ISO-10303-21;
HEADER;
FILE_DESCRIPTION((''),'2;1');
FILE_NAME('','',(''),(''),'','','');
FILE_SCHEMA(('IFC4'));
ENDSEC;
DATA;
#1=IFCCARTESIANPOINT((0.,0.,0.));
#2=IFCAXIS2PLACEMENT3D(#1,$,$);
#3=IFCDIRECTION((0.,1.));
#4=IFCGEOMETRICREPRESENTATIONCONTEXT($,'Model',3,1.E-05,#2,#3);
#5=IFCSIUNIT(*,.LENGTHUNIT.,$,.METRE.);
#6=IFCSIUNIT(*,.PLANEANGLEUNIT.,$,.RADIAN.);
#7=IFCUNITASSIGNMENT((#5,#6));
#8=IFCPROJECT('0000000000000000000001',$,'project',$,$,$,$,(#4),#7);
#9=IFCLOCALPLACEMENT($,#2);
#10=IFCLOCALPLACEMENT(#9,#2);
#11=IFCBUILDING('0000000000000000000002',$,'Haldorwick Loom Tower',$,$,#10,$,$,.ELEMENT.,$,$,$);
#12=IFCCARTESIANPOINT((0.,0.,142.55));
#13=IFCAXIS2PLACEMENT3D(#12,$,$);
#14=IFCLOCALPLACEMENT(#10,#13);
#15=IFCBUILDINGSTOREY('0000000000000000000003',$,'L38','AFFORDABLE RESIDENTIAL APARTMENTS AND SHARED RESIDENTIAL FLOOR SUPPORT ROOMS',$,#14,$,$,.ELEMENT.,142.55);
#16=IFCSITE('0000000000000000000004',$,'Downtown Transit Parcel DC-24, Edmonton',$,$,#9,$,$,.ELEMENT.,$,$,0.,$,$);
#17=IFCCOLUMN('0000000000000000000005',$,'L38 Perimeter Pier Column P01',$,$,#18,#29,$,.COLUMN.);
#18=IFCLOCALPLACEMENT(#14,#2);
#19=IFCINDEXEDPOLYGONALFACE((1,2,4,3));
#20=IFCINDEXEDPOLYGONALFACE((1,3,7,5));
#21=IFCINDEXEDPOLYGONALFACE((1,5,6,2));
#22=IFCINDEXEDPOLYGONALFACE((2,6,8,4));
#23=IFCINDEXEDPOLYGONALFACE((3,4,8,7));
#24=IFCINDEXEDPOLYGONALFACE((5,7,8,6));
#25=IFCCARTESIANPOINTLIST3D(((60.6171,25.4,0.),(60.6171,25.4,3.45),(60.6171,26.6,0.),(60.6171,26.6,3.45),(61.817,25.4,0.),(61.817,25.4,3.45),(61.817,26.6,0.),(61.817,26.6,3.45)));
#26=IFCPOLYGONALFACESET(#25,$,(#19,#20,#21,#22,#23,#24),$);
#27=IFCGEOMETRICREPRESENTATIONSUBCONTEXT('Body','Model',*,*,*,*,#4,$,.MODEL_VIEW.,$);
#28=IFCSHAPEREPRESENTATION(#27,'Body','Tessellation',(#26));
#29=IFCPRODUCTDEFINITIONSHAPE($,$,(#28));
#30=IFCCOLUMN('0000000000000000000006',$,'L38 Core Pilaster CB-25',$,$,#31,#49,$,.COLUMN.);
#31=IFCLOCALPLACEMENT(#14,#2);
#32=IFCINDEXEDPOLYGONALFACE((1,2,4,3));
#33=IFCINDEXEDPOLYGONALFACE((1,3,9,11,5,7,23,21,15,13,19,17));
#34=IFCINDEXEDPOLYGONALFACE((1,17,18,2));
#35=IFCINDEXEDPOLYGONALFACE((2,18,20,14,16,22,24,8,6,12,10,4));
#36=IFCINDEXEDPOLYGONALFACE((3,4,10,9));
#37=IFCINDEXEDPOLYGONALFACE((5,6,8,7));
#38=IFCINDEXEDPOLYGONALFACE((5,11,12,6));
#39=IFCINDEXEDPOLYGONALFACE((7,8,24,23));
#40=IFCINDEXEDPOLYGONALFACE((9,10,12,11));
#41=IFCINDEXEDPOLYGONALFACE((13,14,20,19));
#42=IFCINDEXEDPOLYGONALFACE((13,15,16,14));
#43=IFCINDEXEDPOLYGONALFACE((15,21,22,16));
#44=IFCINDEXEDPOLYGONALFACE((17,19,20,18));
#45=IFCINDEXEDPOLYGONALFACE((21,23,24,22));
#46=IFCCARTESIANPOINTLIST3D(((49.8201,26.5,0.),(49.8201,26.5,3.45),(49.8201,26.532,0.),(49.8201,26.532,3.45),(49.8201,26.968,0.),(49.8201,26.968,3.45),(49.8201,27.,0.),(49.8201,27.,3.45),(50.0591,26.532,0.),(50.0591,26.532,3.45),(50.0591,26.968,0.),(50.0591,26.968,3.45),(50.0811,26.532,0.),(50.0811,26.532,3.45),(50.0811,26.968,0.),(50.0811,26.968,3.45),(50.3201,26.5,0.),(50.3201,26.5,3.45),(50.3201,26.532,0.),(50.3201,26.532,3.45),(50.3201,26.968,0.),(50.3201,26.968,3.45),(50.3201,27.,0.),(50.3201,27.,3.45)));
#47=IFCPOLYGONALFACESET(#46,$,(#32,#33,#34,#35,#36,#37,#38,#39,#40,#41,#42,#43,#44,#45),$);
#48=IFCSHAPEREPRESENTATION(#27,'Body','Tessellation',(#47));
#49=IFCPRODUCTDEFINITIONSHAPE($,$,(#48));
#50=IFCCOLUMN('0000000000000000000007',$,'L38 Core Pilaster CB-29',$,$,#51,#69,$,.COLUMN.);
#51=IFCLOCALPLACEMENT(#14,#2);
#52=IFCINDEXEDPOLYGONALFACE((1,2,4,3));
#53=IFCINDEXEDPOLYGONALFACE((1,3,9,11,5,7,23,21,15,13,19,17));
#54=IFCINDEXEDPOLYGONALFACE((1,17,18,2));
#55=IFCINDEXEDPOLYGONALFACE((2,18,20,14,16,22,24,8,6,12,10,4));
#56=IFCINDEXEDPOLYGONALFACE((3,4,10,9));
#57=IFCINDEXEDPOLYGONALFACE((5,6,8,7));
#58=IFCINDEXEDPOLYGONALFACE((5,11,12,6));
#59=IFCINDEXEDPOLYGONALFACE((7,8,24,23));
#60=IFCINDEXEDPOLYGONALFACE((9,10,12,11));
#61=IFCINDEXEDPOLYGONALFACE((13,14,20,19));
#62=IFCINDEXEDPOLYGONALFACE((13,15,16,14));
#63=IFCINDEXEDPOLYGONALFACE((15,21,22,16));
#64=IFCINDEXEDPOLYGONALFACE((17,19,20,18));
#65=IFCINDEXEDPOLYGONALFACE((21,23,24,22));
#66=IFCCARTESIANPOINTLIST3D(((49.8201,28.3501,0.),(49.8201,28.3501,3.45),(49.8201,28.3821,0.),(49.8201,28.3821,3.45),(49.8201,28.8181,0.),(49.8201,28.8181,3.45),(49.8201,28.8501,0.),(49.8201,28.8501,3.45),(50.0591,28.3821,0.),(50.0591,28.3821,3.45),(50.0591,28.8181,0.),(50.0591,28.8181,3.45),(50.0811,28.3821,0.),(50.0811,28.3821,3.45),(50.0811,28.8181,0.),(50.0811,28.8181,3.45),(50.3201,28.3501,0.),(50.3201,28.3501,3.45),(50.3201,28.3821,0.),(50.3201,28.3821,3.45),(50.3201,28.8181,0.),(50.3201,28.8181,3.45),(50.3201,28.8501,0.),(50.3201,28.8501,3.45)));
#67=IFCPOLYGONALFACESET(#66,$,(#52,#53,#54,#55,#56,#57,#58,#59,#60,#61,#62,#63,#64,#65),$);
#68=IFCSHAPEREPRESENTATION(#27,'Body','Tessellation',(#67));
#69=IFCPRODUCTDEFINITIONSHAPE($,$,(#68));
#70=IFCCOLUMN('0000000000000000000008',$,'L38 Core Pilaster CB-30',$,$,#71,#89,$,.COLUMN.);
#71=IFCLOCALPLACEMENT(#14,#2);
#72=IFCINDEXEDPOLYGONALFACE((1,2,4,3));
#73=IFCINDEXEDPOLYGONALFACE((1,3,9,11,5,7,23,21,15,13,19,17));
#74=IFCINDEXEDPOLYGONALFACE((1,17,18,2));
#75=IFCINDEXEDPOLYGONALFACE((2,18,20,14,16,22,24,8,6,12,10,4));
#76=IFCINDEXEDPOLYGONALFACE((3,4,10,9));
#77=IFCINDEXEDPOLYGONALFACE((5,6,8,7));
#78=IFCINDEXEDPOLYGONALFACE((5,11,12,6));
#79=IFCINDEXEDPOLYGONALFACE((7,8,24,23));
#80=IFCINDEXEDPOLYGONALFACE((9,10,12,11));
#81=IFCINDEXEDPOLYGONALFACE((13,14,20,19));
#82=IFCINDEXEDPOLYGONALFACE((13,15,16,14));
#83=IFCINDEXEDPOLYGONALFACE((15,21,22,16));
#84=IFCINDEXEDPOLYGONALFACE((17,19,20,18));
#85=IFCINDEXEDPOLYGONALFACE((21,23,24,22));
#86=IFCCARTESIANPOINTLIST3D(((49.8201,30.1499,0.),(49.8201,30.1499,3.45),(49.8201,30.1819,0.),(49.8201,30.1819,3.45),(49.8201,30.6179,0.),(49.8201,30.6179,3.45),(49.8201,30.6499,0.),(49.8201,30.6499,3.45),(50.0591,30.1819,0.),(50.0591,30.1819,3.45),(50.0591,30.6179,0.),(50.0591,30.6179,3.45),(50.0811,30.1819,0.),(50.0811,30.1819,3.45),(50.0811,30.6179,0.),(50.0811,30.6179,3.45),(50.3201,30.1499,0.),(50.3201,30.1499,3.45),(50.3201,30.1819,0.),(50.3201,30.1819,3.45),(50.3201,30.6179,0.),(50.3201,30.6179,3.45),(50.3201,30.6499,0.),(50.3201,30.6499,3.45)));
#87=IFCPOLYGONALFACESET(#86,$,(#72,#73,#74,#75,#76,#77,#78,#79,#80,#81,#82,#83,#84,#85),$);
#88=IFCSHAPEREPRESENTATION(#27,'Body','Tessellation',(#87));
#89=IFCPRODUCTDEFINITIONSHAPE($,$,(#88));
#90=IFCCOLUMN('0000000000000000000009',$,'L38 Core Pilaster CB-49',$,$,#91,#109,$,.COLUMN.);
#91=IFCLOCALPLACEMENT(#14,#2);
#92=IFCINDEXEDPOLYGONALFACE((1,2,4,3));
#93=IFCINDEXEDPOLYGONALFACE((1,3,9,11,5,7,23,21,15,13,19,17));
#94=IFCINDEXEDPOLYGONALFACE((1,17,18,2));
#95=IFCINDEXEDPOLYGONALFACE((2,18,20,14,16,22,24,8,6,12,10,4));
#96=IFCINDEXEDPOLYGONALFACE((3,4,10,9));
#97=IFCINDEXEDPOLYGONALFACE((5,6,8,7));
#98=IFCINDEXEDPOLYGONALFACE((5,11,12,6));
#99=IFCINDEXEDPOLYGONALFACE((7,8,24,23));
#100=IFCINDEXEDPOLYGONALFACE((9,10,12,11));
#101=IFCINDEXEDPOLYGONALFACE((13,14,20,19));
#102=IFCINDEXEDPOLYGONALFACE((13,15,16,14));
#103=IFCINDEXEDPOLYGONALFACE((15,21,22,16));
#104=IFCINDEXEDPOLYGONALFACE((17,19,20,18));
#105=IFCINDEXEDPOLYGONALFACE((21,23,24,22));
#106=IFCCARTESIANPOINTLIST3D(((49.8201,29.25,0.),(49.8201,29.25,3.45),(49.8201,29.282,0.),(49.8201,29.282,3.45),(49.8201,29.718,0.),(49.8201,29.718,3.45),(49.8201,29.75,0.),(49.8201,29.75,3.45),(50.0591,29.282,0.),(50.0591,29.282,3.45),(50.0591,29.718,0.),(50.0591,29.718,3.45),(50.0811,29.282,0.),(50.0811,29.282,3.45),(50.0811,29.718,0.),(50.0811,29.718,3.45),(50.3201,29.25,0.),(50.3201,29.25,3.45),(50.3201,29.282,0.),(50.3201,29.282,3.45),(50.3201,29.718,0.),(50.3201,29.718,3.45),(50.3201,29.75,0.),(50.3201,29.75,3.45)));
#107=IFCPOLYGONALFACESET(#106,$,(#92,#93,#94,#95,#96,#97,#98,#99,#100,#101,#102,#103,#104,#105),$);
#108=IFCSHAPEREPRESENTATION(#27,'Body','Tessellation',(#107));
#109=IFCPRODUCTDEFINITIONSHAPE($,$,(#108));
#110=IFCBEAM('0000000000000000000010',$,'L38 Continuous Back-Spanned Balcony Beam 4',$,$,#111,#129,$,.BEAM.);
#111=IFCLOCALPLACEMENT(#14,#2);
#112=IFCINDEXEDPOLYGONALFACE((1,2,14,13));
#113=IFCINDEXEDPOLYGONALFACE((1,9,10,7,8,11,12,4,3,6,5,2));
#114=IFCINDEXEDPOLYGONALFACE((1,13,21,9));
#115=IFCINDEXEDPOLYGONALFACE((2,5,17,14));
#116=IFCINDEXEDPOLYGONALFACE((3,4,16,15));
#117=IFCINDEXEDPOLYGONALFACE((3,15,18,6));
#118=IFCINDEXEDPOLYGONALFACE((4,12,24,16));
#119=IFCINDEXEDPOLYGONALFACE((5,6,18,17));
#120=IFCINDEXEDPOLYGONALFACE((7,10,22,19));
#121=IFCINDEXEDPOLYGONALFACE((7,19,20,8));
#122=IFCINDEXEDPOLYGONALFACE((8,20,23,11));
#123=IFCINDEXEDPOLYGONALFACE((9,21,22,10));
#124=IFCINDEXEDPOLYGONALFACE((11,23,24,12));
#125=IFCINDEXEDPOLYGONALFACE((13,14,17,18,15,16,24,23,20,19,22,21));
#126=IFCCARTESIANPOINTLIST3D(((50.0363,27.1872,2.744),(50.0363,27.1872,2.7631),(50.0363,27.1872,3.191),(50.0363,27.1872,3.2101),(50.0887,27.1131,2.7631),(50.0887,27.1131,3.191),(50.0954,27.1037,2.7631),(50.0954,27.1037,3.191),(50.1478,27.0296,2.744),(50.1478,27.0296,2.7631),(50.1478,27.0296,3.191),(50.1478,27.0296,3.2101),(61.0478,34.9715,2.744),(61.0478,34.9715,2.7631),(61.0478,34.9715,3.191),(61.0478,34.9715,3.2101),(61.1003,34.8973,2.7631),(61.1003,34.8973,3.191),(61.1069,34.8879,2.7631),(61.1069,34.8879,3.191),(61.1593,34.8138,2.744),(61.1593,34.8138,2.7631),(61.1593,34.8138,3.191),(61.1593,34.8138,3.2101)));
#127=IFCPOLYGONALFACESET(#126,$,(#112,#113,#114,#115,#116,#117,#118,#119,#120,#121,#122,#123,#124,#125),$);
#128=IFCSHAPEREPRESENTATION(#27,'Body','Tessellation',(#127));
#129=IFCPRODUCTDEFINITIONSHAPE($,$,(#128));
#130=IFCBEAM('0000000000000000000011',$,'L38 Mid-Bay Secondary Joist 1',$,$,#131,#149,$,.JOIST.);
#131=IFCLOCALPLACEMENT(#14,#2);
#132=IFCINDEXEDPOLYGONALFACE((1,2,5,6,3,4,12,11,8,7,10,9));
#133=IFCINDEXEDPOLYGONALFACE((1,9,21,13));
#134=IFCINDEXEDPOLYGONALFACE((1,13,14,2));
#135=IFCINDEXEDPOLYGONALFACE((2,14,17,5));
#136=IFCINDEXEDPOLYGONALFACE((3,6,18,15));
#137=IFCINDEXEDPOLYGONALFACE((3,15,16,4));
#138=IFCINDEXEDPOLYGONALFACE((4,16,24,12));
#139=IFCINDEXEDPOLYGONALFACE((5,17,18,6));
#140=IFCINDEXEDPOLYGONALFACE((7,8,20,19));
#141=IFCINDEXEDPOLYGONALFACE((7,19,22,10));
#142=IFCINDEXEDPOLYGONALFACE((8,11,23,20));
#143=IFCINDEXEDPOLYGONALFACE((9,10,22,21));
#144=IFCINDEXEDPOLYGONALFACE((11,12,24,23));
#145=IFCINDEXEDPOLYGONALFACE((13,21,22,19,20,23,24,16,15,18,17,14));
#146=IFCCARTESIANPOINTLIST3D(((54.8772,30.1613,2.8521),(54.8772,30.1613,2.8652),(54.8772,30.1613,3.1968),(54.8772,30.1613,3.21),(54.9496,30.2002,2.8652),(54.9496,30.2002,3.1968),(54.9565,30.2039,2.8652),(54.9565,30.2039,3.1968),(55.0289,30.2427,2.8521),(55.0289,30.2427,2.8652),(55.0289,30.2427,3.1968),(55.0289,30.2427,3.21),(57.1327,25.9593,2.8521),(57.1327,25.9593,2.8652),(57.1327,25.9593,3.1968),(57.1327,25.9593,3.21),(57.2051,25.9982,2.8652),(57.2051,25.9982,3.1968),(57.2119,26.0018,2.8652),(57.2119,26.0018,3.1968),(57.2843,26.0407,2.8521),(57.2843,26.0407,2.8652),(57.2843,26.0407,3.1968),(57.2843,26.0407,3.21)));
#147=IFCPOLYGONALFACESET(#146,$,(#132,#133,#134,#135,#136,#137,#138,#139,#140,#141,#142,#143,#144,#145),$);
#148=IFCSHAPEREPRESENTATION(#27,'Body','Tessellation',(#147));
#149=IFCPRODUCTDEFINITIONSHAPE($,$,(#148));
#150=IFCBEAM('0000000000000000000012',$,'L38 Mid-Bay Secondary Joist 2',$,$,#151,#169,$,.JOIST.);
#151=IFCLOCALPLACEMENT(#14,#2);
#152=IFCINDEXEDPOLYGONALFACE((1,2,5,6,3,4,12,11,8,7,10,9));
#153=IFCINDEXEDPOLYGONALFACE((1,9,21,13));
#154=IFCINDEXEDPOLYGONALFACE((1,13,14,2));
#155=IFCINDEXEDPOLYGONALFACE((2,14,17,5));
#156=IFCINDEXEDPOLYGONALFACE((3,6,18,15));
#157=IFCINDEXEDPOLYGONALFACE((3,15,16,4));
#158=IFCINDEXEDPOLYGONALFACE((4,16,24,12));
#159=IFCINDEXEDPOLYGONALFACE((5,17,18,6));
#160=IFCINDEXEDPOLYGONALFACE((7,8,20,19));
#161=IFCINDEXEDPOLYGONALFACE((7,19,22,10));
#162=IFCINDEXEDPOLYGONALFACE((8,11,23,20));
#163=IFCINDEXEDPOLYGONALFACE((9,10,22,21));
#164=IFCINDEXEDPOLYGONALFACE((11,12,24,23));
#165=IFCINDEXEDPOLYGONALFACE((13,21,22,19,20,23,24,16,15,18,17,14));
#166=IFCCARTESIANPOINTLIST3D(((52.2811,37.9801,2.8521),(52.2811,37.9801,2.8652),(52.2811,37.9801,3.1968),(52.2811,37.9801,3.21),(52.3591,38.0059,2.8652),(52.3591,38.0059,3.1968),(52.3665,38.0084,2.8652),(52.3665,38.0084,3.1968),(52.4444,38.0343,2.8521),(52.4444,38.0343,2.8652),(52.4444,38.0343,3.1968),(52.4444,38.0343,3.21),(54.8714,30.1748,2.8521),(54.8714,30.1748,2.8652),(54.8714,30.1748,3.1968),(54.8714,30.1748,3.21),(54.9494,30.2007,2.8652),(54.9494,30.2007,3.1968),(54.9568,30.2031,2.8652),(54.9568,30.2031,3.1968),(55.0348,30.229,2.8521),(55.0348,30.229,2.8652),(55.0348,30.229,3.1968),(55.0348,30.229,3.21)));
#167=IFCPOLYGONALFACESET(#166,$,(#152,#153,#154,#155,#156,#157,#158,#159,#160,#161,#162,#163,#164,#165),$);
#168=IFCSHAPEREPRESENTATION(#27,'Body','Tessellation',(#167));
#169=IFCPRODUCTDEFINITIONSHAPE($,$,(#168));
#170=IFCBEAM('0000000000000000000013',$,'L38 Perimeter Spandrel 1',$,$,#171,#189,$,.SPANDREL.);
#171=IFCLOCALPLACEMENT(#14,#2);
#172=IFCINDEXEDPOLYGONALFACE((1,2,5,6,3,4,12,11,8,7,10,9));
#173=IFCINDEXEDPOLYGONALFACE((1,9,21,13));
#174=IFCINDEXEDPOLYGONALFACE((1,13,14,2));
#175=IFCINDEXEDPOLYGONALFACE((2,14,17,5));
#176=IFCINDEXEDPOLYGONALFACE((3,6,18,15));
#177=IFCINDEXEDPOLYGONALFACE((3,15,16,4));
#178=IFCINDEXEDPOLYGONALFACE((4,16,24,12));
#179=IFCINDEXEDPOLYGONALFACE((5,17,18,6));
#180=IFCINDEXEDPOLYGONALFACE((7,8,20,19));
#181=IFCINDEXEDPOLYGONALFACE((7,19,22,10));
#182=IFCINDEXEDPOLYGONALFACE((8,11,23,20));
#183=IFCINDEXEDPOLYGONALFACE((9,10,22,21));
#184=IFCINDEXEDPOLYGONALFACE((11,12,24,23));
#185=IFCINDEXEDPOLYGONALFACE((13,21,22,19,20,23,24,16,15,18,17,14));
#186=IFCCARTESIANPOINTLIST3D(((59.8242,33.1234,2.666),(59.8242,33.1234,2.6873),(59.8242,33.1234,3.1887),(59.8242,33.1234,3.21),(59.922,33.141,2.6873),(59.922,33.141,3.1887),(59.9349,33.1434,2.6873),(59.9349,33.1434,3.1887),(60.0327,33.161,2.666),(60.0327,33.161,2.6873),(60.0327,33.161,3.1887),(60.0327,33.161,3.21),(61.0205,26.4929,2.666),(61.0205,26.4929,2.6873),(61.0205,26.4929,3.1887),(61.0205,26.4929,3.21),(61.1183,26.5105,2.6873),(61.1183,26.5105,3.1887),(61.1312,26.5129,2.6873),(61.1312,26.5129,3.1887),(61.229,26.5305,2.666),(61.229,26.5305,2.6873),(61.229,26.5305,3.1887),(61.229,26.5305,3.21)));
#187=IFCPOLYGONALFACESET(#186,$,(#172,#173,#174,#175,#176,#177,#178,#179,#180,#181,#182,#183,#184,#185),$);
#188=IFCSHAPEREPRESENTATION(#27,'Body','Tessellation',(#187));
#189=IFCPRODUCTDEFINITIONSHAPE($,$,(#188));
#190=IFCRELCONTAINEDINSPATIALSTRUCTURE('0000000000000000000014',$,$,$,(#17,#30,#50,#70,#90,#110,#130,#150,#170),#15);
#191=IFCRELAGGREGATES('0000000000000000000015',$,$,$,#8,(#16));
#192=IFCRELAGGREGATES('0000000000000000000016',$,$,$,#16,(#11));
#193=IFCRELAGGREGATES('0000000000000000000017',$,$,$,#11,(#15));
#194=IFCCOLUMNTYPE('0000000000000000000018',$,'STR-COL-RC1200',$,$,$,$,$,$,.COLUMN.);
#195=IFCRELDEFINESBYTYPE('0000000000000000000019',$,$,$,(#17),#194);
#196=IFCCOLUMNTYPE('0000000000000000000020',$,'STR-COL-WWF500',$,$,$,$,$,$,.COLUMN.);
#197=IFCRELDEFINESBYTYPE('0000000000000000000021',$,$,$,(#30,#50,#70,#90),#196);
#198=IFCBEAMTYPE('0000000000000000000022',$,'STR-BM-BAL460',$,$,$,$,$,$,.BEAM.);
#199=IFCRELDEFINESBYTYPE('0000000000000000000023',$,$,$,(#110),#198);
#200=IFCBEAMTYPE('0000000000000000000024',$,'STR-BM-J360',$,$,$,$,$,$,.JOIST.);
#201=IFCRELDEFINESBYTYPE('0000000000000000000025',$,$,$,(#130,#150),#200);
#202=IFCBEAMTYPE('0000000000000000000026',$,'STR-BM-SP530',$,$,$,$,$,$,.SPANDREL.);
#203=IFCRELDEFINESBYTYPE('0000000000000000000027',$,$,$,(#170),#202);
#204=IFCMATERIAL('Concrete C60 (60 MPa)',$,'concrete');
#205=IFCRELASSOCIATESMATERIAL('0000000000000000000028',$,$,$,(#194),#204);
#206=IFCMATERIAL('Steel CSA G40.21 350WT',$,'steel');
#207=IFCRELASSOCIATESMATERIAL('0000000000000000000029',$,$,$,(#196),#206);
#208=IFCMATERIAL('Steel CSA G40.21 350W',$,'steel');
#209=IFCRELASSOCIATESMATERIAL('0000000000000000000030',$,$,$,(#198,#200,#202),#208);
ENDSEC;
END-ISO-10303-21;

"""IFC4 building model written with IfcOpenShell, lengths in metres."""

from ifc_helpers import new_model, si_unit, direction, frame, origin, origin_2d, place, context, subcontext, project, spatial, rectangle, i_section, extrude, material, material_profile, profile_set, type_object, element, save


model = new_model("IFC4")

# Units and contexts
model_context = context("Model", 3, precision=1e-05, world=origin(), true_north=direction((0.0, 1.0)))
body_context = subcontext(model_context, "Body", "Model", "MODEL_VIEW")
ifc_project = project(units=[si_unit("LENGTHUNIT", "METRE"), si_unit("PLANEANGLEUNIT", "RADIAN")], contexts=[model_context])

# Site, building, storey
site_placement = place(None, origin())
site = spatial("IfcSite", under=ifc_project, at=site_placement, Name="Downtown Transit Parcel DC-24, Edmonton", CompositionType="ELEMENT", RefElevation=0.0)
building_placement = place(site_placement, origin())
building = spatial("IfcBuilding", under=site, at=building_placement, Name="Haldorwick Loom Tower", CompositionType="ELEMENT")
storey_placement = place(building_placement, frame((0.0, 0.0, 142.55)))
storey = spatial("IfcBuildingStorey", under=building, at=storey_placement, Name="L38", Description="AFFORDABLE RESIDENTIAL APARTMENTS AND SHARED RESIDENTIAL FLOOR SUPPORT ROOMS", CompositionType="ELEMENT", Elevation=142.55)

# Columns
ifc_material_1 = material(Name="Concrete C60 (60 MPa)", Category="concrete")
ifc_material_profile_1 = material_profile(ifc_material_1, rectangle(XDim=1.2, YDim=1.2, at=origin_2d()), Name="RC1200X1200", Category="concrete")
ifc_profile_set_1 = profile_set([ifc_material_profile_1], Name="Concrete C60 (60 MPa)")
column_type_1 = type_object("IfcColumnType", Name="STR-COL-RC1200", PredefinedType="COLUMN", material=ifc_profile_set_1)
column_placement = place(storey_placement, frame((61.217, 26.0, 0.0), z_axis=(0.0, 0.0, 1.0), x_axis=(1.0, 0.0, 0.0)))
element("IfcColumn", 1, at=column_placement, inside=storey, type_object=column_type_1, Name="L38 Perimeter Pier Column P01", PredefinedType="COLUMN", context=body_context, shape_type="SweptSolid", body=[
    extrude(rectangle(XDim=1.2, YDim=1.2, at=origin_2d()), origin(), (0.0, 0.0, 1.0), 3.45),
])
ifc_material_2 = material(Name="Steel CSA G40.21 350WT", Category="steel")
ifc_material_profile_2 = material_profile(ifc_material_2, i_section(OverallWidth=0.5, OverallDepth=0.5, WebThickness=0.022, FlangeThickness=0.032, at=origin_2d()), Name="WWF500X500", Category="steel")
ifc_profile_set_2 = profile_set([ifc_material_profile_2], Name="Steel CSA G40.21 350WT")
column_type_2 = type_object("IfcColumnType", Name="STR-COL-WWF500", PredefinedType="COLUMN", material=ifc_profile_set_2)
for number, where, z_axis, x_axis, name in (
    (2, (50.0701, 26.75, 0.0), (0.0, 0.0, 1.0), (1.0, 0.0, 0.0), "L38 Core Pilaster CB-25"),
    (3, (50.0701, 28.6001, 0.0), (0.0, 0.0, 1.0), (1.0, 0.0, 0.0), "L38 Core Pilaster CB-29"),
    (4, (50.0701, 30.3999, 0.0), (0.0, 0.0, 1.0), (1.0, 0.0, 0.0), "L38 Core Pilaster CB-30"),
    (5, (50.0701, 29.5, 0.0), (0.0, 0.0, 1.0), (1.0, 0.0, 0.0), "L38 Core Pilaster CB-49"),
):
    element("IfcColumn", number, at=place(storey_placement, frame(where, z_axis=z_axis, x_axis=x_axis)), inside=storey, type_object=column_type_2, Name=name, PredefinedType="COLUMN", context=body_context, shape_type="SweptSolid", body=[
        extrude(i_section(OverallWidth=0.5, OverallDepth=0.5, WebThickness=0.022, FlangeThickness=0.032, at=origin_2d()), origin(), (0.0, 0.0, 1.0), 3.45),
    ])

# Beams
ifc_material_3 = material(Name="Steel CSA G40.21 350W", Category="steel")
ifc_material_profile_3 = material_profile(ifc_material_3, i_section(OverallWidth=0.1931, OverallDepth=0.4661, WebThickness=0.0115, FlangeThickness=0.019, at=origin_2d()), Name="W460X97", Category="steel")
ifc_profile_set_3 = profile_set([ifc_material_profile_3], Name="Steel CSA G40.21 350W")
beam_type_1 = type_object("IfcBeamType", Name="STR-BM-BAL460", PredefinedType="BEAM", material=ifc_profile_set_3)
beam_1_placement = place(storey_placement, frame((50.092, 27.1084, 2.9771), z_axis=(0.81657, 0.577246, 0.0), x_axis=(-0.577246, 0.81657, 0.0)))
element("IfcBeam", 6, at=beam_1_placement, inside=storey, type_object=beam_type_1, Name="L38 Continuous Back-Spanned Balcony Beam 4", PredefinedType="BEAM", context=body_context, shape_type="SweptSolid", body=[
    extrude(i_section(OverallWidth=0.1931, OverallDepth=0.4661, WebThickness=0.0115, FlangeThickness=0.019, at=origin_2d()), origin(), (0.0, 0.0, 1.0), 13.4851),
])
ifc_material_profile_4 = material_profile(ifc_material_3, i_section(OverallWidth=0.1721, OverallDepth=0.3579, WebThickness=0.0078, FlangeThickness=0.0132, at=origin_2d()), Name="W360X57", Category="steel")
ifc_profile_set_4 = profile_set([ifc_material_profile_4], Name="Steel CSA G40.21 350W")
beam_type_2 = type_object("IfcBeamType", Name="STR-BM-J360", PredefinedType="JOIST", material=ifc_profile_set_4)
beam_2_placement = place(storey_placement, frame((57.2085, 26.0, 3.031), z_axis=(-0.47293, 0.8811, 0.0), x_axis=(-0.8811, -0.47293, 0.0)))
element("IfcBeam", 7, at=beam_2_placement, inside=storey, type_object=beam_type_2, Name="L38 Mid-Bay Secondary Joist 1", PredefinedType="JOIST", context=body_context, shape_type="SweptSolid", body=[
    extrude(i_section(OverallWidth=0.1721, OverallDepth=0.3579, WebThickness=0.0078, FlangeThickness=0.0132, at=origin_2d()), origin(), (0.0, 0.0, 1.0), 4.769),
])
beam_3_placement = place(storey_placement, frame((54.9531, 30.2019, 3.031), z_axis=(-0.314981, 0.949098, 0.0), x_axis=(-0.949098, -0.314981, 0.0)))
element("IfcBeam", 8, at=beam_3_placement, inside=storey, type_object=beam_type_2, Name="L38 Mid-Bay Secondary Joist 2", PredefinedType="JOIST", context=body_context, shape_type="SweptSolid", body=[
    extrude(i_section(OverallWidth=0.1721, OverallDepth=0.3579, WebThickness=0.0078, FlangeThickness=0.0132, at=origin_2d()), origin(), (0.0, 0.0, 1.0), 8.2239),
])
ifc_material_profile_5 = material_profile(ifc_material_3, i_section(OverallWidth=0.2119, OverallDepth=0.5439, WebThickness=0.0132, FlangeThickness=0.0212, at=origin_2d()), Name="W530X123", Category="steel")
ifc_profile_set_5 = profile_set([ifc_material_profile_5], Name="Steel CSA G40.21 350W")
beam_type_3 = type_object("IfcBeamType", Name="STR-BM-SP530", PredefinedType="SPANDREL", material=ifc_profile_set_5)
beam_4_placement = place(storey_placement, frame((61.1248, 26.5117, 2.938), z_axis=(-0.177559, 0.98411, 0.0), x_axis=(-0.98411, -0.177559, 0.0)))
element("IfcBeam", 9, at=beam_4_placement, inside=storey, type_object=beam_type_3, Name="L38 Perimeter Spandrel 1", PredefinedType="SPANDREL", context=body_context, shape_type="SweptSolid", body=[
    extrude(i_section(OverallWidth=0.2119, OverallDepth=0.5439, WebThickness=0.0132, FlangeThickness=0.0212, at=origin_2d()), origin(), (0.0, 0.0, 1.0), 6.7375),
])

save(model, "model.ifc")
